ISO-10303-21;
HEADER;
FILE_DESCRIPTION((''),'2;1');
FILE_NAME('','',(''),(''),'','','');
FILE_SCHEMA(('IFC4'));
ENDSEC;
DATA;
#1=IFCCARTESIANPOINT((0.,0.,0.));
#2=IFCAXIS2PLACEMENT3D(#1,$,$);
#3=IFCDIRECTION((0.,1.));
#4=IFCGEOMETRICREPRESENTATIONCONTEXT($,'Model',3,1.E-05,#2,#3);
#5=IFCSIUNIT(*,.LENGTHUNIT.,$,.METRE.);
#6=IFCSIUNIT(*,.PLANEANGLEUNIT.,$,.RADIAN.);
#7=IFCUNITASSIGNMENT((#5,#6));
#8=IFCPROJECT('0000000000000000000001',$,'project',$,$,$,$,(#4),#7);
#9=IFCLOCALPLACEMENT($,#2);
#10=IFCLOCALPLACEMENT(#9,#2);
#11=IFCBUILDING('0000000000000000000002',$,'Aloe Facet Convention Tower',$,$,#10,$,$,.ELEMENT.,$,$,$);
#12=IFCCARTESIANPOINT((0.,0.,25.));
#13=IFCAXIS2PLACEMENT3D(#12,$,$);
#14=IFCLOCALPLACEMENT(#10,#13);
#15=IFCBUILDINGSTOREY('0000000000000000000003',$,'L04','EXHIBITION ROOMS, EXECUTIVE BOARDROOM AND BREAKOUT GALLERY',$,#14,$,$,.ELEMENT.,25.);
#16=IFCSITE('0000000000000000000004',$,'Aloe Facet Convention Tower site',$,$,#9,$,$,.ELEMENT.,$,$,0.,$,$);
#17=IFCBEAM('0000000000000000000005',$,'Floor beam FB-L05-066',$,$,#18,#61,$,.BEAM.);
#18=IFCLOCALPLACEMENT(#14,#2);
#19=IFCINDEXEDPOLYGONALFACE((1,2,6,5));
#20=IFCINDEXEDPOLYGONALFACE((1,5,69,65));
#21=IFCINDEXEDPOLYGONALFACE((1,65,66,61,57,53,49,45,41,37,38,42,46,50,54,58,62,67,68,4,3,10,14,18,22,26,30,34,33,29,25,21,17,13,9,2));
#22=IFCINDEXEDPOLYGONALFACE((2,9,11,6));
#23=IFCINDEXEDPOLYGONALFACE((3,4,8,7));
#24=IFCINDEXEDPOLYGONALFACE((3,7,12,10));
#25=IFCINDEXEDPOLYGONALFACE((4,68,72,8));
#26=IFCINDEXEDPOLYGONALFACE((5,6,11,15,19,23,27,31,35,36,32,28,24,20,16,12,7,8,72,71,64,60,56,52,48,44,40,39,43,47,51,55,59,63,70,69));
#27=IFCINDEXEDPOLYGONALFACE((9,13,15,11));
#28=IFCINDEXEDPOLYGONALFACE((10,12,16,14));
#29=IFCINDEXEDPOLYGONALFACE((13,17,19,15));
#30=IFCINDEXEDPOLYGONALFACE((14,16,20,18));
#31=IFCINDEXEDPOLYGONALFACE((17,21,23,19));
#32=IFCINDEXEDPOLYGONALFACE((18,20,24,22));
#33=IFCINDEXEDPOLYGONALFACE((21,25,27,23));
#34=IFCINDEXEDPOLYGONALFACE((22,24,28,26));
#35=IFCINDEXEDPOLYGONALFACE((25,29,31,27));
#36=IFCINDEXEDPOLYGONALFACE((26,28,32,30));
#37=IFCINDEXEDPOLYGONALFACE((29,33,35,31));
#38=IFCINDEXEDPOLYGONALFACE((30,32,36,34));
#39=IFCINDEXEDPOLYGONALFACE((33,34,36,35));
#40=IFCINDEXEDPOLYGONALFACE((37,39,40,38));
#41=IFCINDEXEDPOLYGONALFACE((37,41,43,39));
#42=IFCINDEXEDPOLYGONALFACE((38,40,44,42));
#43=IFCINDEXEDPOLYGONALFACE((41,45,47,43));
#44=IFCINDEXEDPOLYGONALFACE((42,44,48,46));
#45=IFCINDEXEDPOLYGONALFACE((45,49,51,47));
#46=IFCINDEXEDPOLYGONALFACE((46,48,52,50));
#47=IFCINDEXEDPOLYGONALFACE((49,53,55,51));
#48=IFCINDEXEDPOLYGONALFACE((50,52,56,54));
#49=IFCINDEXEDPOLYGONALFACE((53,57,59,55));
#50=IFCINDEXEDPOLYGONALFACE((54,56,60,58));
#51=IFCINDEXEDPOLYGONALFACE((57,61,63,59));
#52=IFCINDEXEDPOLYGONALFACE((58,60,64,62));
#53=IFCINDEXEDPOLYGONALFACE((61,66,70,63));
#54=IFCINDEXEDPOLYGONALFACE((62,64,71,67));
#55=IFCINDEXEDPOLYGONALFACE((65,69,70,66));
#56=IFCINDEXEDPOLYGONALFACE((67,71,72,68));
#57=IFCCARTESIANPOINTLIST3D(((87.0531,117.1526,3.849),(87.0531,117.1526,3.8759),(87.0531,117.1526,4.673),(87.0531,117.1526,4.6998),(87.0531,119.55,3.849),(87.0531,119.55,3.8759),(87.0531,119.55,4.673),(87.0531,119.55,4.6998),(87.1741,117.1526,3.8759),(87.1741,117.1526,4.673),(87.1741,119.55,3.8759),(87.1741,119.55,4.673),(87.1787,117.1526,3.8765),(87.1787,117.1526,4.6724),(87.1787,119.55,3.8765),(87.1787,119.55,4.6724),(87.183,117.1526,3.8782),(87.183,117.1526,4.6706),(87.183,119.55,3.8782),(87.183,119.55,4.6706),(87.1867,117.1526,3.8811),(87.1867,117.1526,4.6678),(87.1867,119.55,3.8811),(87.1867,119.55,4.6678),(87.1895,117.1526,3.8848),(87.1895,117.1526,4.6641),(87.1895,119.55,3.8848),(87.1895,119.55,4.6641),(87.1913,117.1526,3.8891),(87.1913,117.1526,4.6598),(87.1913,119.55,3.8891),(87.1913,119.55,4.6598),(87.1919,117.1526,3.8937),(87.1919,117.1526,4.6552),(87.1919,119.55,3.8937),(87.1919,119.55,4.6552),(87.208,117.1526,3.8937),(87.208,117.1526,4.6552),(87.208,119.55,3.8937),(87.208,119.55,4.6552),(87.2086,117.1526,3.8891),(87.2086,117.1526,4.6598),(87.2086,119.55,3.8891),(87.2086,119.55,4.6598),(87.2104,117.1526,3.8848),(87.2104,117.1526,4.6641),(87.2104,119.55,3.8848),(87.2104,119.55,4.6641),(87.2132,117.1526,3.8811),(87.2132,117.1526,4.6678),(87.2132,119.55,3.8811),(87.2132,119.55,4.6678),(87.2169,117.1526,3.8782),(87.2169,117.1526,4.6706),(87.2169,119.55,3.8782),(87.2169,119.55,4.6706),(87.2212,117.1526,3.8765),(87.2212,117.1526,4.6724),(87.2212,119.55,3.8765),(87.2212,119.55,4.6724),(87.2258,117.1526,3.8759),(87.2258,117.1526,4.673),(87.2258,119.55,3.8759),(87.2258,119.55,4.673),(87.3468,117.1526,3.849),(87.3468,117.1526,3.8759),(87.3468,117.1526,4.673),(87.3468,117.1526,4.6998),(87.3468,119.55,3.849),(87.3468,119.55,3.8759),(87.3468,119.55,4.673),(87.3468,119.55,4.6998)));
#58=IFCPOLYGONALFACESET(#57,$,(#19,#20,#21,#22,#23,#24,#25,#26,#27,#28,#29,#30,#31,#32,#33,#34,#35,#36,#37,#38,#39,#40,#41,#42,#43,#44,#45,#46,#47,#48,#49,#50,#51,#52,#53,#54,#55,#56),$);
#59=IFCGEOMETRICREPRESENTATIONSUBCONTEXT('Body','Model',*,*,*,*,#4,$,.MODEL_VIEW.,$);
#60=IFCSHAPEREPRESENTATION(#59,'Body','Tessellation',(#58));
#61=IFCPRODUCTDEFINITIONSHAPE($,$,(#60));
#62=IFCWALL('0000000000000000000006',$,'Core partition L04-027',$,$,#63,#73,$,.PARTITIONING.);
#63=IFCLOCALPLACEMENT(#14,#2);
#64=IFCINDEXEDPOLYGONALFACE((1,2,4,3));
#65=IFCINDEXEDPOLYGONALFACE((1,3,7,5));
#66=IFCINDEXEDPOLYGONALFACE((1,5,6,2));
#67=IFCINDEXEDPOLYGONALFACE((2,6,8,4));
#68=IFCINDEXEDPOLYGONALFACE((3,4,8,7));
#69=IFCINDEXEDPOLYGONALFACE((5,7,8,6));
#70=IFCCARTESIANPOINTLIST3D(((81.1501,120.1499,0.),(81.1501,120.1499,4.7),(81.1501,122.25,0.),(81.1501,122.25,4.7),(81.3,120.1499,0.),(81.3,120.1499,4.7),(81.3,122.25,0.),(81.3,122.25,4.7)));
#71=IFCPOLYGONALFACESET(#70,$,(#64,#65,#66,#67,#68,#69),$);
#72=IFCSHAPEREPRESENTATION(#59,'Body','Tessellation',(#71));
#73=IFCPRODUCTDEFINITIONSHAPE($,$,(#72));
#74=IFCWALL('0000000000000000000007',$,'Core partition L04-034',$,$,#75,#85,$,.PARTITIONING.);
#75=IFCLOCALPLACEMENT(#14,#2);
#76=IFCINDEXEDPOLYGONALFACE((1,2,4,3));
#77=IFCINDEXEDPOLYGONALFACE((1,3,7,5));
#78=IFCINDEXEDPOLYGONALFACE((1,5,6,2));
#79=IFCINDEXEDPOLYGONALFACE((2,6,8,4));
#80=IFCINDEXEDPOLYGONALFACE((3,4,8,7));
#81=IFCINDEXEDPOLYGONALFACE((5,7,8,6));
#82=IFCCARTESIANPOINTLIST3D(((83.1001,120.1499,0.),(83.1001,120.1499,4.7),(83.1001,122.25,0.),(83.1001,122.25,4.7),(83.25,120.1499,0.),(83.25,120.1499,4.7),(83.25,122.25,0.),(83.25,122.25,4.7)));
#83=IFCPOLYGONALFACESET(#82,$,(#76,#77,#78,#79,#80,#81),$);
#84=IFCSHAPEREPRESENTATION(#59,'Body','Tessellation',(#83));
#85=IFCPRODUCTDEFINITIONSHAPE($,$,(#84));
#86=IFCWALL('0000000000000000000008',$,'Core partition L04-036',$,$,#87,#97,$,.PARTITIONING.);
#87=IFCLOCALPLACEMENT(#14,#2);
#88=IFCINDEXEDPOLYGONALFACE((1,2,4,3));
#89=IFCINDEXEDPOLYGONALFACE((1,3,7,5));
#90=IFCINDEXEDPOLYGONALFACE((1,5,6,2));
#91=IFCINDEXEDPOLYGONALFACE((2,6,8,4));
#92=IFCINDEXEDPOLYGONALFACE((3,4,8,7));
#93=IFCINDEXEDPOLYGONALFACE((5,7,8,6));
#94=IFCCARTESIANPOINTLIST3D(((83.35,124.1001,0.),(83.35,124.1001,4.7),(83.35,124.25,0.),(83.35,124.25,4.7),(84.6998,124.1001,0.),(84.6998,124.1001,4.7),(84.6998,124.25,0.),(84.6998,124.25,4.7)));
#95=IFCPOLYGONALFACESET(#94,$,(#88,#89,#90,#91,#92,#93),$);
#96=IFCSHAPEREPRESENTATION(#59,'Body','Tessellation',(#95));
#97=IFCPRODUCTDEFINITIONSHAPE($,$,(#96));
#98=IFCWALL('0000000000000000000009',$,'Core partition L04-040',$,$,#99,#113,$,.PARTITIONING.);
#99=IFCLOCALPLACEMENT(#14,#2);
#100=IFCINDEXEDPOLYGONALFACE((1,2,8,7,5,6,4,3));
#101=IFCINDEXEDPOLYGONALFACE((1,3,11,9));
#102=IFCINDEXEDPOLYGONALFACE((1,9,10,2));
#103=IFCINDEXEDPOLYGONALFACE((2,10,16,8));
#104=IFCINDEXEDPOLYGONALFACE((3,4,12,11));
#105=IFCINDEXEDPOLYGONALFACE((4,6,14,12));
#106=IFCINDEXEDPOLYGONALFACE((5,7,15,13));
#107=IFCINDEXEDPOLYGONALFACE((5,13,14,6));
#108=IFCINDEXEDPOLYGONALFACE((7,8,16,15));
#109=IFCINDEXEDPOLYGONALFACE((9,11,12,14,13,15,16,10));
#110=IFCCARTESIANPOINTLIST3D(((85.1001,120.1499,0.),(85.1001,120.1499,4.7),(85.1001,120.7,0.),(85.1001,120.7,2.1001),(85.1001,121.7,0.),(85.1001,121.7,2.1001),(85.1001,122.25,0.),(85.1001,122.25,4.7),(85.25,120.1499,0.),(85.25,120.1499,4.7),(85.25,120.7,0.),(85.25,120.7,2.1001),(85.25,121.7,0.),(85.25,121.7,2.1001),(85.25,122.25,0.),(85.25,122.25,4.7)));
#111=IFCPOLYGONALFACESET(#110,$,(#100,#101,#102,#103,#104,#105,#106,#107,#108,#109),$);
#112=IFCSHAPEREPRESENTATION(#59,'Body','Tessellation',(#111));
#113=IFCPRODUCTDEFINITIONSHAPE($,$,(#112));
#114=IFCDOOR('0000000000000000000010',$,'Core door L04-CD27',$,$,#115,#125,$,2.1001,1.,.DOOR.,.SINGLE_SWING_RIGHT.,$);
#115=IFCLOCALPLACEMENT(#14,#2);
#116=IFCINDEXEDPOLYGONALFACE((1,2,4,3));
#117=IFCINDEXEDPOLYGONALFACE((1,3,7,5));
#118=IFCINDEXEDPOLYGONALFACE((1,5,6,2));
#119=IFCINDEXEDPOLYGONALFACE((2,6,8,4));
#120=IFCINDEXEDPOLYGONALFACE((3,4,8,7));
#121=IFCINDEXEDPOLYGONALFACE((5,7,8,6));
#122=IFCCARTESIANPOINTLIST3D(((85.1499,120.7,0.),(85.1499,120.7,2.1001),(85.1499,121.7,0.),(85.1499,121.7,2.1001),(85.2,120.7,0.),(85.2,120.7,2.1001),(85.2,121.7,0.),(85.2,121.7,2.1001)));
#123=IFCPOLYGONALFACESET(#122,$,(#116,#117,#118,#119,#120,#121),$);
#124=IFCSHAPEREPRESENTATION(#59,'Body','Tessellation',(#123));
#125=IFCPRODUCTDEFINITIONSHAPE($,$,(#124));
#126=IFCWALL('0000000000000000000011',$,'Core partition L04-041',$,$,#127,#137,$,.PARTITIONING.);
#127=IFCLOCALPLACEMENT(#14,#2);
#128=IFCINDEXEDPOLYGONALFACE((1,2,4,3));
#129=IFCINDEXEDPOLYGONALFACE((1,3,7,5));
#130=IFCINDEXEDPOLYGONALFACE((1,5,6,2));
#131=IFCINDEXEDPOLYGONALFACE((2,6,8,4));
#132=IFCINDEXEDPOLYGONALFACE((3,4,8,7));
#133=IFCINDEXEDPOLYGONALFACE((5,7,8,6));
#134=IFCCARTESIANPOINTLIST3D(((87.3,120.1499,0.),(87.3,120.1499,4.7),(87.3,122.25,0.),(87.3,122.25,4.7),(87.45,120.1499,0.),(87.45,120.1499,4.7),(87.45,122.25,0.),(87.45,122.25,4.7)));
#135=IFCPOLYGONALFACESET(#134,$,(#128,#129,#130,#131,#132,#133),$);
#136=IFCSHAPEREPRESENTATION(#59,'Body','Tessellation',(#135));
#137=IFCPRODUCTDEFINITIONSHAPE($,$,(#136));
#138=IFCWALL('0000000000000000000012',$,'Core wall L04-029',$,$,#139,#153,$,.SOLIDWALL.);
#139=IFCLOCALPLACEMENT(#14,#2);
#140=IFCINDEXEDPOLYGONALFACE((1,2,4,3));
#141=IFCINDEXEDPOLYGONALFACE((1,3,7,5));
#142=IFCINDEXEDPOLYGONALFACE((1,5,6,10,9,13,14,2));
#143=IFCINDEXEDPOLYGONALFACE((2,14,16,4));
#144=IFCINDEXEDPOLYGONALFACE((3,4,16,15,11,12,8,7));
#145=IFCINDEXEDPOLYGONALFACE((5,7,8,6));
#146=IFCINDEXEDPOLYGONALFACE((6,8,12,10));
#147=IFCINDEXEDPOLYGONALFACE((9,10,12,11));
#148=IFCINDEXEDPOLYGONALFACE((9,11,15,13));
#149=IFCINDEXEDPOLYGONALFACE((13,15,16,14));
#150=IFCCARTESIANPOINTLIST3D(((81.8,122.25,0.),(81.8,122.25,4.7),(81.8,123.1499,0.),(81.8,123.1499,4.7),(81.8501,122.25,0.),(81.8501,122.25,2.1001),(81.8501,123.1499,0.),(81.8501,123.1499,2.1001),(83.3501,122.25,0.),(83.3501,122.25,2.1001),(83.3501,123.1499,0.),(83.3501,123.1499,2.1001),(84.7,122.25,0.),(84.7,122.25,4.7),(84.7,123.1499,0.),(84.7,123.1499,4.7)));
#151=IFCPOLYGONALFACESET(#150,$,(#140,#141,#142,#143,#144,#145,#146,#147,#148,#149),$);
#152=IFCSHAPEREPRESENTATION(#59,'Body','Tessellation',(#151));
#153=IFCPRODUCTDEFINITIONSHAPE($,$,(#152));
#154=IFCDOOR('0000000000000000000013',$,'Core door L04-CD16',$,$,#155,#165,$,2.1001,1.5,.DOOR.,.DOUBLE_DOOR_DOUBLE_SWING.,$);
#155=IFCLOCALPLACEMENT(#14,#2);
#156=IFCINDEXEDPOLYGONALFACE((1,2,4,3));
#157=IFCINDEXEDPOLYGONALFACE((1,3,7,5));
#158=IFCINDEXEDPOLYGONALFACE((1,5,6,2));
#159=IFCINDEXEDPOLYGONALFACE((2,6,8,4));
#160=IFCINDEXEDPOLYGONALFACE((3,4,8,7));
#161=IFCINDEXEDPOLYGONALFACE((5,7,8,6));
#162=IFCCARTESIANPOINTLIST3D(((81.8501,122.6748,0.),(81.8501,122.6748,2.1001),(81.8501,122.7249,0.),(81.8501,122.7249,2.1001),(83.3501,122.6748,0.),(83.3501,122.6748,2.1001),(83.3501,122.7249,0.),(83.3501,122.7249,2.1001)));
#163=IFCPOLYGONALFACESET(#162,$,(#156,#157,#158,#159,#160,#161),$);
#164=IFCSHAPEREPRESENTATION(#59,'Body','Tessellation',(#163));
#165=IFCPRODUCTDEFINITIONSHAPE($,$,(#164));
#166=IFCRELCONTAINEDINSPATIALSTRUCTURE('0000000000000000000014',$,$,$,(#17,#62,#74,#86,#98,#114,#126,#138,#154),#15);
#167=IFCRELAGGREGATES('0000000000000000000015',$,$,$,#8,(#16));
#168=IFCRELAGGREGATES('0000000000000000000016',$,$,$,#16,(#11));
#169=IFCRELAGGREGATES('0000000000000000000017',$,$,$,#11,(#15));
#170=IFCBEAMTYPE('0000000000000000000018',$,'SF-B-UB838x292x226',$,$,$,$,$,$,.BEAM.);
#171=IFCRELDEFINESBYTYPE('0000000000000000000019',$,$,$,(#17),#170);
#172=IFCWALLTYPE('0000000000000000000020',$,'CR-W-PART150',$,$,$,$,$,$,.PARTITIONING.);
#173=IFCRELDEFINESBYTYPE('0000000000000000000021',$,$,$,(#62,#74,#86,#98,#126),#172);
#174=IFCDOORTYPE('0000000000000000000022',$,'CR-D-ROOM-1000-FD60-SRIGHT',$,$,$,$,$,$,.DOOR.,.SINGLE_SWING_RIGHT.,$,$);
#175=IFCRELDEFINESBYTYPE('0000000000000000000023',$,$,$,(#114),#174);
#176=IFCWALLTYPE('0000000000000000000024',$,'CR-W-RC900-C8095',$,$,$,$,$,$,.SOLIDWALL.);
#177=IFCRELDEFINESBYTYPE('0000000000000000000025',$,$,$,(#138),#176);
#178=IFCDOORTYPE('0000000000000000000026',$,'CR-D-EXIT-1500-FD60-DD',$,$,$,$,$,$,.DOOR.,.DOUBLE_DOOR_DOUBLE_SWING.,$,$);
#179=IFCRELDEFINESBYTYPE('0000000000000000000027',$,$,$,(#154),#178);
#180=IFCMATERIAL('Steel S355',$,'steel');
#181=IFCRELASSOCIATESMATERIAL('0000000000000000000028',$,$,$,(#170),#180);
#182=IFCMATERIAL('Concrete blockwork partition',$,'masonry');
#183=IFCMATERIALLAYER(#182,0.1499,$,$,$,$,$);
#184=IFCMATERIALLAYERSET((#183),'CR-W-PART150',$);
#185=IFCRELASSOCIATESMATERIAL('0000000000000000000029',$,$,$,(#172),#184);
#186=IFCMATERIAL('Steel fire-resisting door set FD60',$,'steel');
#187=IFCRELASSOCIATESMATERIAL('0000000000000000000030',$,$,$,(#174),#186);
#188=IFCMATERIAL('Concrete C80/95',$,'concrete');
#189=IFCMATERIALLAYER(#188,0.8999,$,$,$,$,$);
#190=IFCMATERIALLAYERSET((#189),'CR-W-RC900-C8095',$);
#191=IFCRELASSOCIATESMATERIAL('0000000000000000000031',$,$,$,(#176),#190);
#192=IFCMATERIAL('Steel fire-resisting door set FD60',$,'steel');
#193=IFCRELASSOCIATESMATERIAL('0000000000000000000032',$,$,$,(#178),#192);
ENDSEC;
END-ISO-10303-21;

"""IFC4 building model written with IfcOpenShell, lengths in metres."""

from ifc_helpers import new_model, si_unit, direction, frame, frame_2d, origin, origin_2d, place, context, subcontext, project, spatial, rectangle, i_section, extrude, material, layer, layer_set, material_profile, profile_set, type_object, element, fill, save


model = new_model("IFC4")

# Units and contexts
model_context = context("Model", 3, precision=1e-05, world=origin(), true_north=direction((0.0, 1.0)))
body_context = subcontext(model_context, "Body", "Model", "MODEL_VIEW")
ifc_project = project(units=[si_unit("LENGTHUNIT", "METRE"), si_unit("PLANEANGLEUNIT", "RADIAN")], contexts=[model_context])

# Site, building, storey
site_placement = place(None, origin())
site = spatial("IfcSite", under=ifc_project, at=site_placement, Name="Aloe Facet Convention Tower site", CompositionType="ELEMENT", RefElevation=0.0)
building_placement = place(site_placement, origin())
building = spatial("IfcBuilding", under=site, at=building_placement, Name="Aloe Facet Convention Tower", CompositionType="ELEMENT")
storey_placement = place(building_placement, frame((0.0, 0.0, 25.0)))
storey = spatial("IfcBuildingStorey", under=building, at=storey_placement, Name="L04", Description="EXHIBITION ROOMS, EXECUTIVE BOARDROOM AND BREAKOUT GALLERY", CompositionType="ELEMENT", Elevation=25.0)

# Beam
ifc_material_1 = material(Name="Steel S355", Category="steel")
ifc_material_profile_1 = material_profile(ifc_material_1, i_section(OverallWidth=0.2937, OverallDepth=0.8508, WebThickness=0.0161, FlangeThickness=0.0269, FilletRadius=0.0178, at=origin_2d()), Name="UB 838x292x226")
ifc_profile_set_1 = profile_set([ifc_material_profile_1], Name="Steel S355")
beam_type_1 = type_object("IfcBeamType", Name="SF-B-UB838x292x226", PredefinedType="BEAM", material=ifc_profile_set_1)
for number, where, z_axis, x_axis, name in (
    (1, (87.2, 117.1526, 4.2744), (0.0, 1.0, 0.0), (-1.0, 0.0, 0.0), "Floor beam FB-L05-066"),
):
    element("IfcBeam", number, at=place(storey_placement, frame(where, z_axis=z_axis, x_axis=x_axis)), inside=storey, type_object=beam_type_1, Name=name, PredefinedType="BEAM", context=body_context, shape_type="SweptSolid", body=[
        extrude(i_section(OverallWidth=0.2937, OverallDepth=0.8508, WebThickness=0.0161, FlangeThickness=0.0269, FilletRadius=0.0178, at=origin_2d()), origin(), (0.0, 0.0, 1.0), 2.3975),
    ])

# Walls
ifc_material_2 = material(Name="Concrete blockwork partition", Category="masonry")
ifc_layer_1 = layer(ifc_material_2, 0.1499)
ifc_layer_set_1 = layer_set([ifc_layer_1], Name="CR-W-PART150")
wall_type_1 = type_object("IfcWallType", Name="CR-W-PART150", PredefinedType="PARTITIONING", material=ifc_layer_set_1)
for number, where, z_axis, x_axis, name in (
    (2, (81.2251, 122.25, 0.0), (0.0, 0.0, 1.0), (0.0, -1.0, 0.0), "Core partition L04-027"),
    (3, (83.175, 122.25, 0.0), (0.0, 0.0, 1.0), (0.0, -1.0, 0.0), "Core partition L04-034"),
):
    element("IfcWall", number, at=place(storey_placement, frame(where, z_axis=z_axis, x_axis=x_axis)), inside=storey, type_object=wall_type_1, Name=name, PredefinedType="PARTITIONING", context=body_context, shape_type="SweptSolid", body=[
        extrude(rectangle(XDim=2.1001, YDim=0.1499, at=frame_2d((1.05, 0.0))), origin(), (0.0, 0.0, 1.0), 4.7),
    ])
wall_1_placement = place(storey_placement, frame((83.3501, 124.175, 0.0), z_axis=(0.0, 0.0, 1.0), x_axis=(1.0, 0.0, 0.0)))
element("IfcWall", 4, at=wall_1_placement, inside=storey, type_object=wall_type_1, Name="Core partition L04-036", PredefinedType="PARTITIONING", context=body_context, shape_type="SweptSolid", body=[
    extrude(rectangle(XDim=1.3499, YDim=0.1499, at=frame_2d((0.6748, 0.0))), origin(), (0.0, 0.0, 1.0), 4.7),
])

# Wall, opening, door
wall_2_placement = place(storey_placement, frame((85.175, 122.25, 0.0), z_axis=(0.0, 0.0, 1.0), x_axis=(0.0, -1.0, 0.0)))
wall_2 = element("IfcWall", 5, at=wall_2_placement, inside=storey, type_object=wall_type_1, Name="Core partition L04-040", PredefinedType="PARTITIONING", context=body_context, shape_type="SweptSolid", body=[
    extrude(rectangle(XDim=2.1001, YDim=0.1499, at=frame_2d((1.05, 0.0))), origin(), (0.0, 0.0, 1.0), 4.7),
])
opening_1_placement = place(wall_2_placement, frame((0.55, 0.0, 0.0)))
opening_1 = element("IfcOpeningElement", 6, at=opening_1_placement, cuts=wall_2, PredefinedType="OPENING", context=body_context, shape_type="SweptSolid", body=[
    extrude(rectangle(XDim=1.0, YDim=2.1001, at=frame_2d((0.5, 1.05))), frame((0.0, 0.085, 0.0), z_axis=(0.0, -1.0, 0.0), x_axis=(1.0, 0.0, 0.0)), (0.0, 0.0, 1.0), 0.1699),
])
ifc_material_3 = material(Name="Steel fire-resisting door set FD60", Category="steel")
door_type_1 = type_object("IfcDoorType", Name="CR-D-ROOM-1000-FD60-SRIGHT", OperationType="SINGLE_SWING_RIGHT", PredefinedType="DOOR", material=ifc_material_3)
door_1_placement = place(opening_1_placement, origin())
door_1 = element("IfcDoor", 7, at=door_1_placement, inside=storey, type_object=door_type_1, Name="Core door L04-CD27", OperationType="SINGLE_SWING_RIGHT", OverallHeight=2.1001, OverallWidth=1.0, PredefinedType="DOOR", context=body_context, shape_type="SweptSolid", body=[
    extrude(rectangle(XDim=1.0, YDim=2.1001, at=frame_2d((0.5, 1.05))), frame((0.0, 0.0249, 0.0), z_axis=(0.0, -1.0, 0.0), x_axis=(1.0, 0.0, 0.0)), (0.0, 0.0, 1.0), 0.05),
])
fill(opening_1, door_1)

# Wall
wall_3_placement = place(storey_placement, frame((87.375, 122.25, 0.0), z_axis=(0.0, 0.0, 1.0), x_axis=(0.0, -1.0, 0.0)))
element("IfcWall", 8, at=wall_3_placement, inside=storey, type_object=wall_type_1, Name="Core partition L04-041", PredefinedType="PARTITIONING", context=body_context, shape_type="SweptSolid", body=[
    extrude(rectangle(XDim=2.1001, YDim=0.1499, at=frame_2d((1.05, 0.0))), origin(), (0.0, 0.0, 1.0), 4.7),
])

# Wall, opening, door
ifc_material_4 = material(Name="Concrete C80/95", Category="concrete")
ifc_layer_2 = layer(ifc_material_4, 0.8999)
ifc_layer_set_2 = layer_set([ifc_layer_2], Name="CR-W-RC900-C8095")
wall_type_2 = type_object("IfcWallType", Name="CR-W-RC900-C8095", PredefinedType="SOLIDWALL", material=ifc_layer_set_2)
wall_4_placement = place(storey_placement, frame((81.8, 122.7, 0.0), z_axis=(0.0, 0.0, 1.0), x_axis=(1.0, 0.0, 0.0)))
wall_4 = element("IfcWall", 9, at=wall_4_placement, inside=storey, type_object=wall_type_2, Name="Core wall L04-029", PredefinedType="SOLIDWALL", context=body_context, shape_type="SweptSolid", body=[
    extrude(rectangle(XDim=2.8999, YDim=0.8999, at=frame_2d((1.45, 0.0))), origin(), (0.0, 0.0, 1.0), 4.7),
])
opening_2_placement = place(wall_4_placement, frame((0.05, 0.0, 0.0)))
opening_2 = element("IfcOpeningElement", 10, at=opening_2_placement, cuts=wall_4, PredefinedType="OPENING", context=body_context, shape_type="SweptSolid", body=[
    extrude(rectangle(XDim=1.5, YDim=2.1001, at=frame_2d((0.75, 1.05))), frame((0.0, 0.46, 0.0), z_axis=(0.0, -1.0, 0.0), x_axis=(1.0, 0.0, 0.0)), (0.0, 0.0, 1.0), 0.9199),
])
ifc_material_5 = material(Name="Steel fire-resisting door set FD60", Category="steel")
door_type_2 = type_object("IfcDoorType", Name="CR-D-EXIT-1500-FD60-DD", OperationType="DOUBLE_DOOR_DOUBLE_SWING", PredefinedType="DOOR", material=ifc_material_5)
door_2_placement = place(opening_2_placement, origin())
door_2 = element("IfcDoor", 11, at=door_2_placement, inside=storey, type_object=door_type_2, Name="Core door L04-CD16", OperationType="DOUBLE_DOOR_DOUBLE_SWING", OverallHeight=2.1001, OverallWidth=1.5, PredefinedType="DOOR", context=body_context, shape_type="SweptSolid", body=[
    extrude(rectangle(XDim=1.5, YDim=2.1001, at=frame_2d((0.75, 1.05))), frame((0.0, 0.0249, 0.0), z_axis=(0.0, -1.0, 0.0), x_axis=(1.0, 0.0, 0.0)), (0.0, 0.0, 1.0), 0.05),
])
fill(opening_2, door_2)

save(model, "model.ifc")
